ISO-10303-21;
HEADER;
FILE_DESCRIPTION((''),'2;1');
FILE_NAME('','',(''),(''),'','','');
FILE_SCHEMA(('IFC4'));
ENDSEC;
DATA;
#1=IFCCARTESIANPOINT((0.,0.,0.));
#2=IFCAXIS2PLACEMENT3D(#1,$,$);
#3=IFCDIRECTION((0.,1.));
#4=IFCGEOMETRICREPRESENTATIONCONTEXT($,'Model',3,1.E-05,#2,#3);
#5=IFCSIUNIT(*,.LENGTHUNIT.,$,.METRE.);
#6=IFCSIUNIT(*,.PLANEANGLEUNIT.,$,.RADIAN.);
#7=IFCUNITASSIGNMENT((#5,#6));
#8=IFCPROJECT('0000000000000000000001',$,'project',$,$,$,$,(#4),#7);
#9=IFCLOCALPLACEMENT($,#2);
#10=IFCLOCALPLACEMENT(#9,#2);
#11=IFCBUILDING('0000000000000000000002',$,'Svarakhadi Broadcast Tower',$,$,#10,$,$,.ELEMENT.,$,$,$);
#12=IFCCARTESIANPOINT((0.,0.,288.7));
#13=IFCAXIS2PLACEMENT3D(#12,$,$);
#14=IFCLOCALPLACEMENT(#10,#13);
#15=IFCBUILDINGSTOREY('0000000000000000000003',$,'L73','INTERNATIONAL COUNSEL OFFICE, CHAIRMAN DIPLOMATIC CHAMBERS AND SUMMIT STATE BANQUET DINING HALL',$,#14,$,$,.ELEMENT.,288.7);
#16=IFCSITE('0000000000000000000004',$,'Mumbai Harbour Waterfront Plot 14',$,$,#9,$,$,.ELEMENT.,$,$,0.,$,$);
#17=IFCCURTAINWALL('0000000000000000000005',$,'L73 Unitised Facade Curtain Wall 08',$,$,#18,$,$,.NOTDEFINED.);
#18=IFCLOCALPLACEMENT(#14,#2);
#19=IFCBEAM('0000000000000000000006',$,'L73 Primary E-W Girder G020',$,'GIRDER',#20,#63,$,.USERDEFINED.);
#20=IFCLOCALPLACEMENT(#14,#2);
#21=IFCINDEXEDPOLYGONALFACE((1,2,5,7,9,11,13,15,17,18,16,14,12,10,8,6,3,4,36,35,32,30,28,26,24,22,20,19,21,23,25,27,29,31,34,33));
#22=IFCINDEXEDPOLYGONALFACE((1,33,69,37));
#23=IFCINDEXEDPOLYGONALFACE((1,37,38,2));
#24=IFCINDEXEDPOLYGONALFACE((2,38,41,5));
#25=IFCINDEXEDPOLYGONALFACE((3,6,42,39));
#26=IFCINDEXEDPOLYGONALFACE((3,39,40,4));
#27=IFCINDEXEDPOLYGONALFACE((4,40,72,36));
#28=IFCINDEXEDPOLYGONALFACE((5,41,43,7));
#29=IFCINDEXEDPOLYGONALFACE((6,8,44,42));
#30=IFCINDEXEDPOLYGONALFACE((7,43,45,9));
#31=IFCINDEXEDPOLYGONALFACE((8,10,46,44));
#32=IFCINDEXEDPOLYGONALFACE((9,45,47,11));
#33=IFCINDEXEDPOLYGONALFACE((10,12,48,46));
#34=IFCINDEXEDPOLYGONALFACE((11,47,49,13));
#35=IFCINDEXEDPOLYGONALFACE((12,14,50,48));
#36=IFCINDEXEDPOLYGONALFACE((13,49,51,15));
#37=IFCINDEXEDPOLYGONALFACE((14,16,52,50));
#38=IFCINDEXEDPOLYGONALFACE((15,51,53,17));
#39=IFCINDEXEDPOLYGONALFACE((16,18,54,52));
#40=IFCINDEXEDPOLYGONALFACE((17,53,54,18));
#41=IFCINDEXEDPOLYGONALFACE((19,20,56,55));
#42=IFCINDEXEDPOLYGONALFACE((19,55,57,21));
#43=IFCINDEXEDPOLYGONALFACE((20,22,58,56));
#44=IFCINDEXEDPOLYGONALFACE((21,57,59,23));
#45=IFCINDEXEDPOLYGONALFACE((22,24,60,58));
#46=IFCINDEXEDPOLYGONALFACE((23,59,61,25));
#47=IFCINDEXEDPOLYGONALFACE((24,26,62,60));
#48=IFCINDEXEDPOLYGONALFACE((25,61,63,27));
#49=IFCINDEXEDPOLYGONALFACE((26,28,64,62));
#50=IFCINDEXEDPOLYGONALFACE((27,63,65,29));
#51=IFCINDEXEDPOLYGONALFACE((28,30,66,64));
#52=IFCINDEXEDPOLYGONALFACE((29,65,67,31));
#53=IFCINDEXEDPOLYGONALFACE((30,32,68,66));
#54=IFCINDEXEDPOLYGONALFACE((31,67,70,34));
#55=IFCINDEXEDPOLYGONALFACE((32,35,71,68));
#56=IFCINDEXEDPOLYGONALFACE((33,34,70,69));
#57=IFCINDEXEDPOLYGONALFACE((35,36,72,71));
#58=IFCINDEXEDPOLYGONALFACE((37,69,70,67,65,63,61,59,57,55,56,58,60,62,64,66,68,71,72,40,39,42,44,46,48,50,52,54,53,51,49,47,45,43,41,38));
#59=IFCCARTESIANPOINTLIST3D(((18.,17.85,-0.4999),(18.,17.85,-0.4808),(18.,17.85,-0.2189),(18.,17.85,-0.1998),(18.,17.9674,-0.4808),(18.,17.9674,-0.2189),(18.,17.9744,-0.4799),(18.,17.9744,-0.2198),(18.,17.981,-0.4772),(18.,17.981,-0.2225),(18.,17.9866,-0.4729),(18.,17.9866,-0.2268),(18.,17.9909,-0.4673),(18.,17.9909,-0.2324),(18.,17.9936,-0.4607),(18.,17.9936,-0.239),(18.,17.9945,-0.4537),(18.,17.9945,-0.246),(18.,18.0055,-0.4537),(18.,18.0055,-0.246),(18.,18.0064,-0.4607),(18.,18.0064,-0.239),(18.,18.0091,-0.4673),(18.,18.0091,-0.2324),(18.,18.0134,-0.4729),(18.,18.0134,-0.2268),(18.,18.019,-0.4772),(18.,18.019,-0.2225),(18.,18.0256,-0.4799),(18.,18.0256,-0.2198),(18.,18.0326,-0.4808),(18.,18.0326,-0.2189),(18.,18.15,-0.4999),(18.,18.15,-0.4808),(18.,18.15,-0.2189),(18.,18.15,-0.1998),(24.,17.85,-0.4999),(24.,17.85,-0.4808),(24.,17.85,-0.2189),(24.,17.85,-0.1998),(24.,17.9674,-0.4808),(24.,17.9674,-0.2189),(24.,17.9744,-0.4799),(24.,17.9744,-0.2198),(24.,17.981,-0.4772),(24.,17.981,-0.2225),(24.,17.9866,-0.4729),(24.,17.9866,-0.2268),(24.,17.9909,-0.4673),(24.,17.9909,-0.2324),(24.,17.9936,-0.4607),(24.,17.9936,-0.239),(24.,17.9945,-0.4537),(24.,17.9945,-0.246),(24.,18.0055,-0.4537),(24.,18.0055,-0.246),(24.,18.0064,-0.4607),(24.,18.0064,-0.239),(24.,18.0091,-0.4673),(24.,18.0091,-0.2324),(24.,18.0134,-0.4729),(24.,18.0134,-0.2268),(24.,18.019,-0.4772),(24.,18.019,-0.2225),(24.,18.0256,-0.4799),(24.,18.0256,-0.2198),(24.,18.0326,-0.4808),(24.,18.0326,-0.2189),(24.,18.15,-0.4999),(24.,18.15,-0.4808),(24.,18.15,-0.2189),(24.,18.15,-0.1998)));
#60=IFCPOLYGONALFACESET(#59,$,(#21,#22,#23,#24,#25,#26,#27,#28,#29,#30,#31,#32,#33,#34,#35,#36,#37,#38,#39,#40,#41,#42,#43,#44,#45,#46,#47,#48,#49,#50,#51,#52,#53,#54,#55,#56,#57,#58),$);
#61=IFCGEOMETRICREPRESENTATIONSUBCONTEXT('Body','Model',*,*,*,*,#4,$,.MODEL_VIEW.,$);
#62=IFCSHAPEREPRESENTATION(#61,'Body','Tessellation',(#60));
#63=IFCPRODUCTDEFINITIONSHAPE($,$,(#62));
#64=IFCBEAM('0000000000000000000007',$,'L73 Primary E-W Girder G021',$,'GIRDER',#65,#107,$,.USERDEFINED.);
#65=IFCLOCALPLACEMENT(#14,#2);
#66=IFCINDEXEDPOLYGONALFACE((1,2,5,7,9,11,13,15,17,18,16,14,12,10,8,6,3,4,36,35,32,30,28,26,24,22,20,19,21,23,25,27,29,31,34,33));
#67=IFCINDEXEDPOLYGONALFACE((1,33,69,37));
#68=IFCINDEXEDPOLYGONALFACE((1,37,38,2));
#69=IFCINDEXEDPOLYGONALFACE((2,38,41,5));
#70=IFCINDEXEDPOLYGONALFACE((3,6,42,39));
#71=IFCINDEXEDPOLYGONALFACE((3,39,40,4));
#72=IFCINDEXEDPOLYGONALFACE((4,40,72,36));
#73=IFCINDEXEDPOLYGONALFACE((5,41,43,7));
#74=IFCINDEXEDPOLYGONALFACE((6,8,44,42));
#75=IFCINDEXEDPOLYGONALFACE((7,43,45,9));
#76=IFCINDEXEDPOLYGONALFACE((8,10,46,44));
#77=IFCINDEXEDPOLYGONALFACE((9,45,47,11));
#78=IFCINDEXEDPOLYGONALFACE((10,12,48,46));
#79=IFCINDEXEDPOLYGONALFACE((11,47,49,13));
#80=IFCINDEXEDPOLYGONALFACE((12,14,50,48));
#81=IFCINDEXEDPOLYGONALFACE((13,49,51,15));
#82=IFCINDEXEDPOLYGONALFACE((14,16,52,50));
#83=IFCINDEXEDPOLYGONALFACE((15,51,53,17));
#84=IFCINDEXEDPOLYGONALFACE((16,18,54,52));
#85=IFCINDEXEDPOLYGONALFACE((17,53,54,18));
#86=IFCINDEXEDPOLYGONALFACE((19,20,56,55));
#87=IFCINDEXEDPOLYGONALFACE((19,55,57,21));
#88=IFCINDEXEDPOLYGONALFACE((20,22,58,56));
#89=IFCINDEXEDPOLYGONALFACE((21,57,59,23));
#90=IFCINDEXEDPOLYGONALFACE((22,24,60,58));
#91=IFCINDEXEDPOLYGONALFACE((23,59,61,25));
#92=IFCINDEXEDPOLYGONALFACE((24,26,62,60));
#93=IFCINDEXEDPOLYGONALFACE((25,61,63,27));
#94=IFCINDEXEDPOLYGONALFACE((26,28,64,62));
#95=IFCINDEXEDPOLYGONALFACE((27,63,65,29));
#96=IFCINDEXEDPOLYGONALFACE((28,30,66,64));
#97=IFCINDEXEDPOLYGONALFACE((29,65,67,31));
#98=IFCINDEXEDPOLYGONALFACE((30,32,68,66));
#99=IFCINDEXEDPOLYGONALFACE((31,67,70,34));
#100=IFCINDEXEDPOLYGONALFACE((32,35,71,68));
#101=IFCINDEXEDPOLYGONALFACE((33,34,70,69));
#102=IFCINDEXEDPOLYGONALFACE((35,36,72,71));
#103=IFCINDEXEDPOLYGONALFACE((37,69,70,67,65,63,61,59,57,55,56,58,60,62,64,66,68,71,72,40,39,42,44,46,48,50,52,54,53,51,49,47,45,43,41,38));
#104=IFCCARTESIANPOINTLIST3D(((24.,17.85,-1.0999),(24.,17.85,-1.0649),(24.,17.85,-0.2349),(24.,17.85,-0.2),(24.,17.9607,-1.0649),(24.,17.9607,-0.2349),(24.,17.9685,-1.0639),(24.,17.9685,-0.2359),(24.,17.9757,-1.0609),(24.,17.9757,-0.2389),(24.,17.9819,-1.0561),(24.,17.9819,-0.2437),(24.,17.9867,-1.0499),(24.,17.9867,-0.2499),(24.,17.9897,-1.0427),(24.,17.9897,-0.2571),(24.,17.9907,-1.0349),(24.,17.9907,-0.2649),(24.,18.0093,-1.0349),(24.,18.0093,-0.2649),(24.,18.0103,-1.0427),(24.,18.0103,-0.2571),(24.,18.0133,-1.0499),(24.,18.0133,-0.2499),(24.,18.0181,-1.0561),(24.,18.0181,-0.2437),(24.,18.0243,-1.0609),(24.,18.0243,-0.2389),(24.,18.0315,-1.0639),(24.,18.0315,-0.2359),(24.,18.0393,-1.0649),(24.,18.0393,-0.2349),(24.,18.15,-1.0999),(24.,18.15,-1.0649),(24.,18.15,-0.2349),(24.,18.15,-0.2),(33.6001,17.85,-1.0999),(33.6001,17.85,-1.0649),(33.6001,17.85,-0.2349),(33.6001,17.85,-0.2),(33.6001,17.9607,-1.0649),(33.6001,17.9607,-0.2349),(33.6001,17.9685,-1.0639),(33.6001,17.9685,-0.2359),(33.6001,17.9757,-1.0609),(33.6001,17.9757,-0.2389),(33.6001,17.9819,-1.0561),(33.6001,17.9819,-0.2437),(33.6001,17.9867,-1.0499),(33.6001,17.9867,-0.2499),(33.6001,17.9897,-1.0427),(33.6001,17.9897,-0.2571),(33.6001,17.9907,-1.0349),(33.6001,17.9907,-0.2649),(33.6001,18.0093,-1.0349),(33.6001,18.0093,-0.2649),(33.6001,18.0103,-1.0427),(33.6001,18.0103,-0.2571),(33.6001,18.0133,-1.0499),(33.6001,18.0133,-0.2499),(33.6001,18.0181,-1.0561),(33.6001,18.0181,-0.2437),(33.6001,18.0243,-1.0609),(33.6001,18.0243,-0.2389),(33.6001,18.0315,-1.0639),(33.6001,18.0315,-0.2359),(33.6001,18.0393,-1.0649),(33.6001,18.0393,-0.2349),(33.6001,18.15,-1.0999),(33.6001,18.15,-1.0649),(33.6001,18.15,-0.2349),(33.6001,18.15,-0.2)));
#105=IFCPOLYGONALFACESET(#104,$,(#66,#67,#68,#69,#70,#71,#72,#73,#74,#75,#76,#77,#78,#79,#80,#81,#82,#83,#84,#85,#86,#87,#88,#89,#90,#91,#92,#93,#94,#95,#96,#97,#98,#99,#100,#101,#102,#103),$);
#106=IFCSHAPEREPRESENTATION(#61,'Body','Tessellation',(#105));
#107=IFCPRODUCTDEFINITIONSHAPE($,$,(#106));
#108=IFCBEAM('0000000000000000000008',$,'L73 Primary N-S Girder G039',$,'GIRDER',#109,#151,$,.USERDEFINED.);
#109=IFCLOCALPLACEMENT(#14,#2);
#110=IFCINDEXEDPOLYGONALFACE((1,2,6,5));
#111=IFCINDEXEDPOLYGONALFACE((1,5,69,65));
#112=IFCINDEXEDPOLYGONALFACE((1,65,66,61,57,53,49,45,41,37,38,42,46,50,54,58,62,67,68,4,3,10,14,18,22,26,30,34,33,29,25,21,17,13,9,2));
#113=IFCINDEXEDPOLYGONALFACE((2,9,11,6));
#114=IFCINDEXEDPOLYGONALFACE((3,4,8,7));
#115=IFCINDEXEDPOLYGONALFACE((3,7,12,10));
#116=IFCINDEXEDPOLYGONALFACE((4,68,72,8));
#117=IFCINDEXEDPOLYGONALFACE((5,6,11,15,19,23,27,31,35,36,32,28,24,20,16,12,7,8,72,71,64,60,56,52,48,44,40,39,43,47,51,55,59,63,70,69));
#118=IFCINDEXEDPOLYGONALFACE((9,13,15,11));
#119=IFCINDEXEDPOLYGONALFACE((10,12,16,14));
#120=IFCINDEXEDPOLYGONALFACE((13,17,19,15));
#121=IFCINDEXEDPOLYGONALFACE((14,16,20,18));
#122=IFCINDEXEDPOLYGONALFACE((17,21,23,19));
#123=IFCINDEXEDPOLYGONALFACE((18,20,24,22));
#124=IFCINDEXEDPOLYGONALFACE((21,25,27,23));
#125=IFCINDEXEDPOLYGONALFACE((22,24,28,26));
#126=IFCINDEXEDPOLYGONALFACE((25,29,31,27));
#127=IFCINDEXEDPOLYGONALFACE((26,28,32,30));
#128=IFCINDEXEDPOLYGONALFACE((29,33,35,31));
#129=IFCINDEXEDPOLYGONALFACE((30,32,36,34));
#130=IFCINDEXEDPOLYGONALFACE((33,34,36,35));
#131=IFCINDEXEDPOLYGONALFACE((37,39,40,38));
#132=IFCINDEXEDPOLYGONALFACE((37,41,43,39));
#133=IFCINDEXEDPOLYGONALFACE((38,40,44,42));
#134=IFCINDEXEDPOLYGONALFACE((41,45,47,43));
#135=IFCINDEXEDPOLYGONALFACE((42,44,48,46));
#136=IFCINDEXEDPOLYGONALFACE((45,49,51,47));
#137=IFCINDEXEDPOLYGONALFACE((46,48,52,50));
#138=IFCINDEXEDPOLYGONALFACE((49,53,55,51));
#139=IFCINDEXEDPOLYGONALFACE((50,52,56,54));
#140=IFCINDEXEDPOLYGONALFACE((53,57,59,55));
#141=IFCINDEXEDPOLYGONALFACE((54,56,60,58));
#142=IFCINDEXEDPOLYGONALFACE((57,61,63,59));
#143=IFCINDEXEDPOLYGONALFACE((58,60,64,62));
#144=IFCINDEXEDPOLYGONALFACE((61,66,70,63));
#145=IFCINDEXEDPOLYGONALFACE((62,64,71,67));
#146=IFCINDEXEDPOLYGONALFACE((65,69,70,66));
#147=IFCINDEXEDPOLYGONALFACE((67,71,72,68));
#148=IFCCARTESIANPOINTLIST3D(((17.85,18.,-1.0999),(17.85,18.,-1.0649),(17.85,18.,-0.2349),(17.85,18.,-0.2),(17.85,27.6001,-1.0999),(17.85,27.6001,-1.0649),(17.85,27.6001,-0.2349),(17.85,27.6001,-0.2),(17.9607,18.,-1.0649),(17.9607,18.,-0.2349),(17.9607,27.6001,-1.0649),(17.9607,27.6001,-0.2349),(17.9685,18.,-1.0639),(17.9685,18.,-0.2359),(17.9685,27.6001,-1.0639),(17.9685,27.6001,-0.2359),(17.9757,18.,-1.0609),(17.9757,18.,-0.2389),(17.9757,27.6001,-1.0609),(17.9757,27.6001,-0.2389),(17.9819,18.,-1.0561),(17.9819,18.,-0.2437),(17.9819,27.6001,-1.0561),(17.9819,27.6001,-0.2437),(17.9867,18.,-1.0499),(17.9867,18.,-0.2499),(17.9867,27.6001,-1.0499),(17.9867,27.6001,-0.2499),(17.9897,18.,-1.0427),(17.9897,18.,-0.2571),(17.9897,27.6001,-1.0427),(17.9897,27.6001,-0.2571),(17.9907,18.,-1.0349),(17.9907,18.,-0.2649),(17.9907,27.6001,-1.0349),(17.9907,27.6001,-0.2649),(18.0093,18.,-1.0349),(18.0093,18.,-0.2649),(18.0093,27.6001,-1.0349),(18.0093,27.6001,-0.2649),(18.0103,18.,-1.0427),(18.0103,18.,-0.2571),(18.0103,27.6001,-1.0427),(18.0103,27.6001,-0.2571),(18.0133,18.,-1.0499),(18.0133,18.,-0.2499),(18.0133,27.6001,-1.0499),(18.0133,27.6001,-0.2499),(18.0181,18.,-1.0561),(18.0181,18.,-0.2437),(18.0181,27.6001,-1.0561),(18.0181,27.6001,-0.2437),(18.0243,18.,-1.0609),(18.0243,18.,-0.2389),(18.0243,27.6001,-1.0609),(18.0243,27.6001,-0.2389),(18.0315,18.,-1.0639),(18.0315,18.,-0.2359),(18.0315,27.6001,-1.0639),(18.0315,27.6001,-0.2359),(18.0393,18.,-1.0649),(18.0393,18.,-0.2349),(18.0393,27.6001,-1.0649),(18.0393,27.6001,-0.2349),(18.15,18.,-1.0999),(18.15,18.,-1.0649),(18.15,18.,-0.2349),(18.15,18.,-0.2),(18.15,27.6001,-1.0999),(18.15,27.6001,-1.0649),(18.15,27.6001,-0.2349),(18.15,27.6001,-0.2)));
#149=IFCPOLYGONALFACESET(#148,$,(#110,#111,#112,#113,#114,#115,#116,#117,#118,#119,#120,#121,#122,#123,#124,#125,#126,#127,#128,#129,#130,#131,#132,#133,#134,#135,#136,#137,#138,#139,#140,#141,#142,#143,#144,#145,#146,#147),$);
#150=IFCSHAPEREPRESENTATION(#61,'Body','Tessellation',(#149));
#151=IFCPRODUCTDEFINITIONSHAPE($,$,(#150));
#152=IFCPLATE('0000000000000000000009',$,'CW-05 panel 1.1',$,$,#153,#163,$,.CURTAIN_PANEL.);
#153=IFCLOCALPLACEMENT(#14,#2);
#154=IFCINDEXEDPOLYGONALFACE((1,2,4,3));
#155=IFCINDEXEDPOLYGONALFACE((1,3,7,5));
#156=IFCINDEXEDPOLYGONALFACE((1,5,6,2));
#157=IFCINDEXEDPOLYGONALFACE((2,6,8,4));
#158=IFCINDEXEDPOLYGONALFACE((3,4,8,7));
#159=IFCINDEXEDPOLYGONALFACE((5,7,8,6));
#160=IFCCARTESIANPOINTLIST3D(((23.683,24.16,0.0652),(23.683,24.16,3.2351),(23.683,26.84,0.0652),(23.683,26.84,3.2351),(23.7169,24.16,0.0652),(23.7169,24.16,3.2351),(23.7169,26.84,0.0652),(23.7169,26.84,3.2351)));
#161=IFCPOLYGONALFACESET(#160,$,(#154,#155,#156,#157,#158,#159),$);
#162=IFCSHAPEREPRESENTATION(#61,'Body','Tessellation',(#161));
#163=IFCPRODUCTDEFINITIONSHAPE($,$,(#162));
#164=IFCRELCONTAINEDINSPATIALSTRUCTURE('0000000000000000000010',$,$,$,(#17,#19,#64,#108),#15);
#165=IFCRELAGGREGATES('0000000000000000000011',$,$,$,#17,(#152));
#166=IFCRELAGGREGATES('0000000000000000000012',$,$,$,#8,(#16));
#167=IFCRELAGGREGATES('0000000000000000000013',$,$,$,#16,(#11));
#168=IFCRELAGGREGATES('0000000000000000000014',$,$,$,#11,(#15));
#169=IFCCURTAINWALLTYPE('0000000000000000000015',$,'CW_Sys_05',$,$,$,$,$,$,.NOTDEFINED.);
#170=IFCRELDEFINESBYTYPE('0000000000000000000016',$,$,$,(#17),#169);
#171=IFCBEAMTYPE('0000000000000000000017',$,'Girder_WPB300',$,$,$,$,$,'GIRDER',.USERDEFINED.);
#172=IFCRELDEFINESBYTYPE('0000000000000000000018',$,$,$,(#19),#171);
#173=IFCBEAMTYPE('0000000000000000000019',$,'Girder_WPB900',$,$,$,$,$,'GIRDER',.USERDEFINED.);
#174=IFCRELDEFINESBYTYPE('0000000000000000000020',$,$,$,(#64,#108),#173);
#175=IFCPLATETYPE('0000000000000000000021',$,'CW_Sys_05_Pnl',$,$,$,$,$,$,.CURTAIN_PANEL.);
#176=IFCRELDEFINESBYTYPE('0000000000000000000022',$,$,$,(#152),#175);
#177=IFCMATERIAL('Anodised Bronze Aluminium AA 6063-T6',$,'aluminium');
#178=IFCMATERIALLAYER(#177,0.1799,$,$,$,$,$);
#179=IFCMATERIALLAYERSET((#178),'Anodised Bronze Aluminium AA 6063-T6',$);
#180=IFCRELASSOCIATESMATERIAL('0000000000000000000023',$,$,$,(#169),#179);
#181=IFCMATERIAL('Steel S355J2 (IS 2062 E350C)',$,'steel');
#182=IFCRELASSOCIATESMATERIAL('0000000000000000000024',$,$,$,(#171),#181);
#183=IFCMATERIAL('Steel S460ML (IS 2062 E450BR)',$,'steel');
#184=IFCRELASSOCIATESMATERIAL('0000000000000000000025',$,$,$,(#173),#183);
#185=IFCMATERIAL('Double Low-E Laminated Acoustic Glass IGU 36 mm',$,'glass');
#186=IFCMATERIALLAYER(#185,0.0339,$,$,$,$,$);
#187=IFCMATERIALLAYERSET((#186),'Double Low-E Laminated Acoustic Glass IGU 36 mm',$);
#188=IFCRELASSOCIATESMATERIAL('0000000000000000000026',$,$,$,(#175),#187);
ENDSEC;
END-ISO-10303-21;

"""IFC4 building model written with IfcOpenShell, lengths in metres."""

from ifc_helpers import new_model, si_unit, direction, frame, origin, origin_2d, place, context, subcontext, project, spatial, rectangle, i_section, extrude, material, layer, layer_set, material_profile, profile_set, type_object, element, aggregate, save


model = new_model("IFC4")

# Units and contexts
model_context = context("Model", 3, precision=1e-05, world=origin(), true_north=direction((0.0, 1.0)))
body_context = subcontext(model_context, "Body", "Model", "MODEL_VIEW")
ifc_project = project(units=[si_unit("LENGTHUNIT", "METRE"), si_unit("PLANEANGLEUNIT", "RADIAN")], contexts=[model_context])

# Site, building, storey
site_placement = place(None, origin())
site = spatial("IfcSite", under=ifc_project, at=site_placement, Name="Mumbai Harbour Waterfront Plot 14", CompositionType="ELEMENT", RefElevation=0.0)
building_placement = place(site_placement, origin())
building = spatial("IfcBuilding", under=site, at=building_placement, Name="Svarakhadi Broadcast Tower", CompositionType="ELEMENT")
storey_placement = place(building_placement, frame((0.0, 0.0, 288.7)))
storey = spatial("IfcBuildingStorey", under=building, at=storey_placement, Name="L73", Description="INTERNATIONAL COUNSEL OFFICE, CHAIRMAN DIPLOMATIC CHAMBERS AND SUMMIT STATE BANQUET DINING HALL", CompositionType="ELEMENT", Elevation=288.7)

# Shared definitions
ifc_material_1 = material(Name="Steel S355J2 (IS 2062 E350C)", Category="steel")

# Curtain wall
ifc_material_2 = material(Name="Anodised Bronze Aluminium AA 6063-T6", Category="aluminium")
ifc_layer_1 = layer(ifc_material_2, 0.1799)
ifc_layer_set_1 = layer_set([ifc_layer_1], Name="Anodised Bronze Aluminium AA 6063-T6")
curtain_wall_type = type_object("IfcCurtainWallType", Name="CW_Sys_05", PredefinedType="NOTDEFINED", material=ifc_layer_set_1)
curtain_wall_1_placement = place(storey_placement, origin())
curtain_wall_1 = element("IfcCurtainWall", 1, at=curtain_wall_1_placement, inside=storey, type_object=curtain_wall_type, Name="L73 Unitised Facade Curtain Wall 08", PredefinedType="NOTDEFINED")

# Beams
ifc_material_profile_1 = material_profile(ifc_material_1, i_section(OverallWidth=0.3, OverallDepth=0.3, WebThickness=0.011, FlangeThickness=0.019, FilletRadius=0.0271, at=origin_2d()), Name="WPB 300x300x117")
ifc_profile_set_1 = profile_set([ifc_material_profile_1], Name="Steel S355J2 (IS 2062 E350C)")
beam_type_1 = type_object("IfcBeamType", Name="Girder_WPB300", ElementType="GIRDER", PredefinedType="USERDEFINED", material=ifc_profile_set_1)
beam_1_placement = place(storey_placement, frame((18.0, 18.0, -0.3499), z_axis=(1.0, 0.0, 0.0), x_axis=(0.0, 1.0, 0.0)))
element("IfcBeam", 2, at=beam_1_placement, inside=storey, type_object=beam_type_1, Name="L73 Primary E-W Girder G020", ObjectType="GIRDER", PredefinedType="USERDEFINED", context=body_context, shape_type="SweptSolid", body=[
    extrude(i_section(OverallWidth=0.3, OverallDepth=0.3, WebThickness=0.011, FlangeThickness=0.019, FilletRadius=0.0271, at=origin_2d()), origin(), (0.0, 0.0, 1.0), 6.0),
])
ifc_material_3 = material(Name="Steel S460ML (IS 2062 E450BR)", Category="steel")
ifc_material_profile_2 = material_profile(ifc_material_3, i_section(OverallWidth=0.3, OverallDepth=0.8999, WebThickness=0.0186, FlangeThickness=0.0349, FilletRadius=0.03, at=origin_2d()), Name="WPB 900x300x291")
ifc_profile_set_2 = profile_set([ifc_material_profile_2], Name="Steel S460ML (IS 2062 E450BR)")
beam_type_2 = type_object("IfcBeamType", Name="Girder_WPB900", ElementType="GIRDER", PredefinedType="USERDEFINED", material=ifc_profile_set_2)
for number, where, z_axis, x_axis, name in (
    (3, (24.0, 18.0, -0.6499), (1.0, 0.0, 0.0), (0.0, 1.0, 0.0), "L73 Primary E-W Girder G021"),
    (4, (18.0, 18.0, -0.6499), (0.0, 1.0, 0.0), (-1.0, 0.0, 0.0), "L73 Primary N-S Girder G039"),
):
    element("IfcBeam", number, at=place(storey_placement, frame(where, z_axis=z_axis, x_axis=x_axis)), inside=storey, type_object=beam_type_2, Name=name, ObjectType="GIRDER", PredefinedType="USERDEFINED", context=body_context, shape_type="SweptSolid", body=[
        extrude(i_section(OverallWidth=0.3, OverallDepth=0.8999, WebThickness=0.0186, FlangeThickness=0.0349, FilletRadius=0.03, at=origin_2d()), origin(), (0.0, 0.0, 1.0), 9.6001),
    ])

# Plate
ifc_material_4 = material(Name="Double Low-E Laminated Acoustic Glass IGU 36 mm", Category="glass")
ifc_layer_2 = layer(ifc_material_4, 0.0339)
ifc_layer_set_2 = layer_set([ifc_layer_2], Name="Double Low-E Laminated Acoustic Glass IGU 36 mm")
plate_type = type_object("IfcPlateType", Name="CW_Sys_05_Pnl", PredefinedType="CURTAIN_PANEL", material=ifc_layer_set_2)
plate_placement = place(storey_placement, frame((23.7, 25.5, 0.0652), z_axis=(0.0, 0.0, 1.0), x_axis=(0.0, -1.0, 0.0)))
plate = element("IfcPlate", 5, at=plate_placement, type_object=plate_type, Name="CW-05 panel 1.1", PredefinedType="CURTAIN_PANEL", context=body_context, shape_type="SweptSolid", body=[
    extrude(rectangle(XDim=2.6799, YDim=0.0339, at=origin_2d()), origin(), (0.0, 0.0, 1.0), 3.1699),
])
aggregate(curtain_wall_1, [plate])

save(model, "model.ifc")
